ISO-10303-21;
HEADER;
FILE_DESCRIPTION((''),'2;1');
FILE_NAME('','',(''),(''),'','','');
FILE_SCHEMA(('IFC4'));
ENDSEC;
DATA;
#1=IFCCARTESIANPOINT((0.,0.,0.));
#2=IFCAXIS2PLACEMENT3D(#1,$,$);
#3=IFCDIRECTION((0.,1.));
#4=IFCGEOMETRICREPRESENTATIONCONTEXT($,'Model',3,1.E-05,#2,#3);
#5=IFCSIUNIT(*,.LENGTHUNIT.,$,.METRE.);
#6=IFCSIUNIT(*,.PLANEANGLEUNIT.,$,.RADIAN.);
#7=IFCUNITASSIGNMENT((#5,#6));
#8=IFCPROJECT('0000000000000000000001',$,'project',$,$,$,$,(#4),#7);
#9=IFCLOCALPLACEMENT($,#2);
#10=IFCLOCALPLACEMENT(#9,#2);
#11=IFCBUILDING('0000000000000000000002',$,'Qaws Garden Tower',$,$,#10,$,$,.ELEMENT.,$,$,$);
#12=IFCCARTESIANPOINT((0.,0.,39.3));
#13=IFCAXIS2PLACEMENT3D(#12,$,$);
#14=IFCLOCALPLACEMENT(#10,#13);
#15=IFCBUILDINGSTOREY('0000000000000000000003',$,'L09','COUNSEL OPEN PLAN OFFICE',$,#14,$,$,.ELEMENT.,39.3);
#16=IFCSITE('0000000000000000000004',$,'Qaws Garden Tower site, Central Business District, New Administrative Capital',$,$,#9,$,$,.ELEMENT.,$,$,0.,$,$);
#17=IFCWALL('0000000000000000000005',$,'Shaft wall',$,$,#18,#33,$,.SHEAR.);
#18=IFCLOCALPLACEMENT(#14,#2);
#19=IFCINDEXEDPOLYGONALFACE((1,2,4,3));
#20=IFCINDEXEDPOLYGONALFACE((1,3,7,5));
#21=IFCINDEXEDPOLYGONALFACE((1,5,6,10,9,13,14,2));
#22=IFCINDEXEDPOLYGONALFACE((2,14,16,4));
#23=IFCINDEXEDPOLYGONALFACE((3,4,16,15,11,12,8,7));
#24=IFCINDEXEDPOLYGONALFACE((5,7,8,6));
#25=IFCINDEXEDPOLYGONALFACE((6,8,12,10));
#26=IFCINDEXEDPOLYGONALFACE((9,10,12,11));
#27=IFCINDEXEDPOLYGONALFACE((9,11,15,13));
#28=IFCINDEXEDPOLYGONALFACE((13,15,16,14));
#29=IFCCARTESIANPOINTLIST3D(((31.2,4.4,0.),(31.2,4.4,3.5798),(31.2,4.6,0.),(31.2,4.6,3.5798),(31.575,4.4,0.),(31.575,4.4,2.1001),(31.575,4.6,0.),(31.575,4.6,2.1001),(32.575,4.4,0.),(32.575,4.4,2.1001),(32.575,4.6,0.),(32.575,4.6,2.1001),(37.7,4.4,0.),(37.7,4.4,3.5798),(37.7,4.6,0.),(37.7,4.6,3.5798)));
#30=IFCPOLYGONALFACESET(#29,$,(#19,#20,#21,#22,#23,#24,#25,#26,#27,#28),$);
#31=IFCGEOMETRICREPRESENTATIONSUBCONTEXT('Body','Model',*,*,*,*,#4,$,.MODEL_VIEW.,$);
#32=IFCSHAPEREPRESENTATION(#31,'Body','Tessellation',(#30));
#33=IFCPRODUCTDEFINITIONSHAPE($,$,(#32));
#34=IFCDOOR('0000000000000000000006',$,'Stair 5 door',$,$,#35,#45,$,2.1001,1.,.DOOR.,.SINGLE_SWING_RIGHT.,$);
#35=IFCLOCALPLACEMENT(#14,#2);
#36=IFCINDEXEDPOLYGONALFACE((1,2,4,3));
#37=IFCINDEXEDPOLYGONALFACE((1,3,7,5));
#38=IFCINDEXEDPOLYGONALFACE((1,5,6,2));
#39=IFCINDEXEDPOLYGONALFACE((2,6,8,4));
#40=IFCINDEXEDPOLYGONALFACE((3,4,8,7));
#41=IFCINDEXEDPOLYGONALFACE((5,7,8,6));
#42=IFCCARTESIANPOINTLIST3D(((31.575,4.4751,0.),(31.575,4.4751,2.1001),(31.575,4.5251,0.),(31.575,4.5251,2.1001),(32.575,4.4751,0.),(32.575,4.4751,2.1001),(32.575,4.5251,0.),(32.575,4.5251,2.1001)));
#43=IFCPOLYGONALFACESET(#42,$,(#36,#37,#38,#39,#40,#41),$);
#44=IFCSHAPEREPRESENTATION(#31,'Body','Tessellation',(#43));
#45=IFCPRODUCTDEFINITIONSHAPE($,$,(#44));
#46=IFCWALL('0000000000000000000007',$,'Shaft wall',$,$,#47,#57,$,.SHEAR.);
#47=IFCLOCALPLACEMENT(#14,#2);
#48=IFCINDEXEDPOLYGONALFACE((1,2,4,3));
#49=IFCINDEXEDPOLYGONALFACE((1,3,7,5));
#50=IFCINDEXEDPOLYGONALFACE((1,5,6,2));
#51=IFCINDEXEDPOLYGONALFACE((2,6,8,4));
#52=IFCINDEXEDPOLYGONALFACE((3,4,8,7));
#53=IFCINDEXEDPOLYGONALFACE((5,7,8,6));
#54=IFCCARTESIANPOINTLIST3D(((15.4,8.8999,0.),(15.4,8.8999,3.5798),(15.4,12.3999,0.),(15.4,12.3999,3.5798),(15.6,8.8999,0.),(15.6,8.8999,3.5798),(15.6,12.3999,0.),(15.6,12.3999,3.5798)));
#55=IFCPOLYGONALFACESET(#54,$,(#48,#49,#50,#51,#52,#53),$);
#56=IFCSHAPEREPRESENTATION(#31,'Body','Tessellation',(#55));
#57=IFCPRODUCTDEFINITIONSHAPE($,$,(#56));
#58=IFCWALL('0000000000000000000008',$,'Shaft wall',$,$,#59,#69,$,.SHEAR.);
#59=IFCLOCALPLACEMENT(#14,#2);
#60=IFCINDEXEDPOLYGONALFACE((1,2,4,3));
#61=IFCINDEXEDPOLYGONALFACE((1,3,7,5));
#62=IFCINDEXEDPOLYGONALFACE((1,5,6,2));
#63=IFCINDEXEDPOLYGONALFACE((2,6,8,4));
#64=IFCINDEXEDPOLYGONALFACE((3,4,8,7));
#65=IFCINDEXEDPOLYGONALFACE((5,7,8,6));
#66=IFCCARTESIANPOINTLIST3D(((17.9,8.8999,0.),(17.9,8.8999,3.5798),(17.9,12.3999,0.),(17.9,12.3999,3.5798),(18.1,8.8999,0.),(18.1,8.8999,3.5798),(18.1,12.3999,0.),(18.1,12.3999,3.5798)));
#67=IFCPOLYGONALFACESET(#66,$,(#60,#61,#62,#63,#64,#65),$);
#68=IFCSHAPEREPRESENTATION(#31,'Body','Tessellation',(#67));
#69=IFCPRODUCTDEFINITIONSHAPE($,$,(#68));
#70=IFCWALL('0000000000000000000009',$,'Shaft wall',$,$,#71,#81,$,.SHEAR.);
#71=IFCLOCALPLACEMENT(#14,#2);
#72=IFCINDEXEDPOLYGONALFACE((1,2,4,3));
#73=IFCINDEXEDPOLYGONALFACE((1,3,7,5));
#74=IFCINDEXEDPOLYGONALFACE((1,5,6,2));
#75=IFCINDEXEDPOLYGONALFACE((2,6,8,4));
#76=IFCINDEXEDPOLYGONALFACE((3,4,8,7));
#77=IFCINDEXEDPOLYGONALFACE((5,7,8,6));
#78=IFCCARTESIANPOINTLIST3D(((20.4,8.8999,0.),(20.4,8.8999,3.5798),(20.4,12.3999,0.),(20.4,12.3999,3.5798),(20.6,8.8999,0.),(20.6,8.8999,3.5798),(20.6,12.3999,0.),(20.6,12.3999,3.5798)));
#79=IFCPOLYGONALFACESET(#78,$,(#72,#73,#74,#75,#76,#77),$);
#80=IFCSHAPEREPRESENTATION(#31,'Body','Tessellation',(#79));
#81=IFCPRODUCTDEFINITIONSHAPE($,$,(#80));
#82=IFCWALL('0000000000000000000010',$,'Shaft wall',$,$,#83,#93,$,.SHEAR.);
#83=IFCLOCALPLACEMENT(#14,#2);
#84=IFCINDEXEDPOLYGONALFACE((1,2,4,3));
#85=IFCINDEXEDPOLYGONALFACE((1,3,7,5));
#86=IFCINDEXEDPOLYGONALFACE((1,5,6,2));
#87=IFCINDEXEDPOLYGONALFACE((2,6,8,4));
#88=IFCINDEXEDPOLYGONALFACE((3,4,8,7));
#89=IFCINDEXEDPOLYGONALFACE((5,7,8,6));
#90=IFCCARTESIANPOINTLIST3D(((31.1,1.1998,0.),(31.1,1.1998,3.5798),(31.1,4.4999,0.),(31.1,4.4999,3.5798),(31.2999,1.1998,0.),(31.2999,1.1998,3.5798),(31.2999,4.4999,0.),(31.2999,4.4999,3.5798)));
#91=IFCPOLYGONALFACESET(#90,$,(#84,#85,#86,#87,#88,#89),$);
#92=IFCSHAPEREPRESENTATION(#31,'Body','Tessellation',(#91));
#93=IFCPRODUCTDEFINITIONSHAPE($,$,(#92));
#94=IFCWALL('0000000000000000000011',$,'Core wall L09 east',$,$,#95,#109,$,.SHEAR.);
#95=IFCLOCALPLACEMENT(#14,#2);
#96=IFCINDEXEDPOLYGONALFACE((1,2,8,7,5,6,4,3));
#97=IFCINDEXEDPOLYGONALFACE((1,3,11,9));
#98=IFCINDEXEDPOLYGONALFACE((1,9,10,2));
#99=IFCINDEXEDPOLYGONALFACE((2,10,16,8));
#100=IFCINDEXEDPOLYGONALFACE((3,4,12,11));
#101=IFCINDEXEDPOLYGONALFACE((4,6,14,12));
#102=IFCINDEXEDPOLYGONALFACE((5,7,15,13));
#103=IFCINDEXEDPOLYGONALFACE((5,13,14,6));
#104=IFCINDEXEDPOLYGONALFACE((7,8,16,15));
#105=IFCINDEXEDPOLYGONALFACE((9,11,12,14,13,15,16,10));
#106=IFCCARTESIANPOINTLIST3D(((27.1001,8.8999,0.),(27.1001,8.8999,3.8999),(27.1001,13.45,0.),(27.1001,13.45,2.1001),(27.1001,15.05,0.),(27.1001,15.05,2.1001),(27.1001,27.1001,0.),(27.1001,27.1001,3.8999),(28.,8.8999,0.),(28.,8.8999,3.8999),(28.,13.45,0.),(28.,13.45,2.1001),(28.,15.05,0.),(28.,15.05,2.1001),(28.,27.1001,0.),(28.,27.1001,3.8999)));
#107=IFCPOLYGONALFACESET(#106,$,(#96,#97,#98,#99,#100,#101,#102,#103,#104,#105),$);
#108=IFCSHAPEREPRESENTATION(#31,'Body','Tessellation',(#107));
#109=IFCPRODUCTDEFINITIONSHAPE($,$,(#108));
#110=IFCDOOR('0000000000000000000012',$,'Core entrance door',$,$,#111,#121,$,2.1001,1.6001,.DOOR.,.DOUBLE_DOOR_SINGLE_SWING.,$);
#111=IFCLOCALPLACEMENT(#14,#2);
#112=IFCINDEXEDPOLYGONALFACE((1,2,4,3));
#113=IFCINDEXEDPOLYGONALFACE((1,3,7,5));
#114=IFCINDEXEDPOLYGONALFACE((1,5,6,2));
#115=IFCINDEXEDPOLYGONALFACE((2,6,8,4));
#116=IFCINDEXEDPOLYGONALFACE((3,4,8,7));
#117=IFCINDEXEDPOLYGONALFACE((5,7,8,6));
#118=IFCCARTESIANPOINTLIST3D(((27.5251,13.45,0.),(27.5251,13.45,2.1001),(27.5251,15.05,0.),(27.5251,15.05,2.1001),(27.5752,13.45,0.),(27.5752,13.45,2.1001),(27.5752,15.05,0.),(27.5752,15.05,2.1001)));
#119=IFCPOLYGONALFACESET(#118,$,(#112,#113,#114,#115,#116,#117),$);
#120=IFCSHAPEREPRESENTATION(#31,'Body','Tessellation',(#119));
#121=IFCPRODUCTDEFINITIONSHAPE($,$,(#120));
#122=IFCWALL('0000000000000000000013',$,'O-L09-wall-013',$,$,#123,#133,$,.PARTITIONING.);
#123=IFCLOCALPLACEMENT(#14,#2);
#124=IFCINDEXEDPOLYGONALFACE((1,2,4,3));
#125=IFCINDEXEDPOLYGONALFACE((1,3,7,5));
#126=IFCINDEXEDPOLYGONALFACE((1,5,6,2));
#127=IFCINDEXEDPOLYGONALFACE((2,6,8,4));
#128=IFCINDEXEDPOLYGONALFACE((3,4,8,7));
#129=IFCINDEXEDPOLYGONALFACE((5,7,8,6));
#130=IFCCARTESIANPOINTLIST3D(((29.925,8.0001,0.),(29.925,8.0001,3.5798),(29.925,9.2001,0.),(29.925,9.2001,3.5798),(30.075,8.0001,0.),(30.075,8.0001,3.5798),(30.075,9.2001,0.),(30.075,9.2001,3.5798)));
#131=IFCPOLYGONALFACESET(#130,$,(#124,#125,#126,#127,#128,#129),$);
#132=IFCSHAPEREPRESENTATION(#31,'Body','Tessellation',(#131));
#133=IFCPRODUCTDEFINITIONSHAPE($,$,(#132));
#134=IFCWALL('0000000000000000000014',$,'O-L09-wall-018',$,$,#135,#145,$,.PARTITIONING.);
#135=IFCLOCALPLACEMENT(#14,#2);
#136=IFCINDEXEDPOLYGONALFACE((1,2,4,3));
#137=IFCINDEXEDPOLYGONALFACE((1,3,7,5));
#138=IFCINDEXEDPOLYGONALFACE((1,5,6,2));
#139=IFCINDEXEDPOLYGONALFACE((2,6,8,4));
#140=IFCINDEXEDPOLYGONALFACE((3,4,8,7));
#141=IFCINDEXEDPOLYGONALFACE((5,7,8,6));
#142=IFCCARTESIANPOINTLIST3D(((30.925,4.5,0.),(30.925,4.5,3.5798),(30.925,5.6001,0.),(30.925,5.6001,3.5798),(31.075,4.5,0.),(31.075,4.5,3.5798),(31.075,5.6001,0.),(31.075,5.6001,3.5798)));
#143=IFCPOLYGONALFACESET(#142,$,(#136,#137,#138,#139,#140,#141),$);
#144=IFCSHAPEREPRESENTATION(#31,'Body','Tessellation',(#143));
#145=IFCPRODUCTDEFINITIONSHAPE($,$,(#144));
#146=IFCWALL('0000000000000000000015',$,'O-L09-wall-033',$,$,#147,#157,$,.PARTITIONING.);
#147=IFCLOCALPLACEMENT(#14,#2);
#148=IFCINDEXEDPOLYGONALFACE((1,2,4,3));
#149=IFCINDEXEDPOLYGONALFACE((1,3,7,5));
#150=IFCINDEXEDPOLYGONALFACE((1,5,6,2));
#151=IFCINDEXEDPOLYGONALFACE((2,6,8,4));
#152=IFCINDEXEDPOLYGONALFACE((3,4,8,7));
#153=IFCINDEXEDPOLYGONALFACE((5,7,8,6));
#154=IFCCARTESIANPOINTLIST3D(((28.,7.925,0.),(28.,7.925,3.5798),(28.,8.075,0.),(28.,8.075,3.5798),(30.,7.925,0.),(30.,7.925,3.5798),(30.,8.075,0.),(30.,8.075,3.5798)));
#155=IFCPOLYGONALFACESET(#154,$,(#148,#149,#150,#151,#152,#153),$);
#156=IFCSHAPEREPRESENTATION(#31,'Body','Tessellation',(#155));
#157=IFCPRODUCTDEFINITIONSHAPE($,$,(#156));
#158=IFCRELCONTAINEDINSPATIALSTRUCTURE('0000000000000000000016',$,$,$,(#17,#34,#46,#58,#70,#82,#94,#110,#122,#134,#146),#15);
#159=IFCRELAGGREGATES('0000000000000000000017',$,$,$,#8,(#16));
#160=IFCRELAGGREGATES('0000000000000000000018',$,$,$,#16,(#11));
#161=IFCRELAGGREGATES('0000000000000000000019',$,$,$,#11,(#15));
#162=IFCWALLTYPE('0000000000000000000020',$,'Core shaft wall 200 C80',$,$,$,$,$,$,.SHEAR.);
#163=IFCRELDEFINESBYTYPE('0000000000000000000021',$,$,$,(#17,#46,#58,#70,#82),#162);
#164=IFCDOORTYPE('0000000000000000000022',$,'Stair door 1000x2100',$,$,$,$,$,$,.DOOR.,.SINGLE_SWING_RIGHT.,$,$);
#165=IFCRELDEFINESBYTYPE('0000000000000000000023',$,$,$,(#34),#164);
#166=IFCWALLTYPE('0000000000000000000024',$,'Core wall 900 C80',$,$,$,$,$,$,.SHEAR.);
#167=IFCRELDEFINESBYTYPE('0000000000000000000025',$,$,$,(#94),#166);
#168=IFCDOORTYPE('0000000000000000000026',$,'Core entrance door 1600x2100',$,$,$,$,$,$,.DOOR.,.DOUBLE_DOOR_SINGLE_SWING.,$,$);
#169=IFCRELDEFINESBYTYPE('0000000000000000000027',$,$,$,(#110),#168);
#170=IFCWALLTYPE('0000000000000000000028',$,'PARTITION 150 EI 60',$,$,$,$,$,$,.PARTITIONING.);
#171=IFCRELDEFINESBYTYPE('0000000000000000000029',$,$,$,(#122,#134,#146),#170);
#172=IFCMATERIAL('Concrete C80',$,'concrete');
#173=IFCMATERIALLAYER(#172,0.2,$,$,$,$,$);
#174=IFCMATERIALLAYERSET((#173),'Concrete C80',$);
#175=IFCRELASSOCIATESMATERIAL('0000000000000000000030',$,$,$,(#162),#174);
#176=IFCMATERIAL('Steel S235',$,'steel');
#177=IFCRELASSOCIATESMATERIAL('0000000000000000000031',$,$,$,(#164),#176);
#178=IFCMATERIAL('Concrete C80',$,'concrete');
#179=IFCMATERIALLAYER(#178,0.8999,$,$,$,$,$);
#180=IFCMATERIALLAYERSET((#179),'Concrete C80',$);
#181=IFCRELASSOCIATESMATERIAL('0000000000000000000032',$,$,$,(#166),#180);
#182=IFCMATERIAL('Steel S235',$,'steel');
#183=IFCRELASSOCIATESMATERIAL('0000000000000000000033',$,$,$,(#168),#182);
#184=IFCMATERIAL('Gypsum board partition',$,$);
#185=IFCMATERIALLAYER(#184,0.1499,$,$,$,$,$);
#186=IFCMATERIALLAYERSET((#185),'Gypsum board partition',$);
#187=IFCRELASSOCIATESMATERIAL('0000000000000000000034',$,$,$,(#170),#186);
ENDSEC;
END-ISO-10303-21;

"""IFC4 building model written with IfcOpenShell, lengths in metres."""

from ifc_helpers import new_model, si_unit, direction, frame, frame_2d, origin, place, context, subcontext, project, spatial, rectangle, extrude, material, layer, layer_set, type_object, element, fill, save


model = new_model("IFC4")

# Units and contexts
model_context = context("Model", 3, precision=1e-05, world=origin(), true_north=direction((0.0, 1.0)))
body_context = subcontext(model_context, "Body", "Model", "MODEL_VIEW")
ifc_project = project(units=[si_unit("LENGTHUNIT", "METRE"), si_unit("PLANEANGLEUNIT", "RADIAN")], contexts=[model_context])

# Site, building, storey
site_placement = place(None, origin())
site = spatial("IfcSite", under=ifc_project, at=site_placement, Name="Qaws Garden Tower site, Central Business District, New Administrative Capital", CompositionType="ELEMENT", RefElevation=0.0)
building_placement = place(site_placement, origin())
building = spatial("IfcBuilding", under=site, at=building_placement, Name="Qaws Garden Tower", CompositionType="ELEMENT")
storey_placement = place(building_placement, frame((0.0, 0.0, 39.3)))
storey = spatial("IfcBuildingStorey", under=building, at=storey_placement, Name="L09", Description="COUNSEL OPEN PLAN OFFICE", CompositionType="ELEMENT", Elevation=39.3)

# Shared definitions
ifc_material_1 = material(Name="Concrete C80", Category="concrete")
ifc_layer_1 = layer(ifc_material_1, 0.2)
ifc_layer_set_1 = layer_set([ifc_layer_1], Name="Concrete C80")
wall_type_1 = type_object("IfcWallType", Name="Core shaft wall 200 C80", PredefinedType="SHEAR", material=ifc_layer_set_1)

# Wall, opening, door
wall_1_placement = place(storey_placement, frame((31.2, 4.5, 0.0), z_axis=(0.0, 0.0, 1.0), x_axis=(1.0, 0.0, 0.0)))
wall_1 = element("IfcWall", 1, at=wall_1_placement, inside=storey, type_object=wall_type_1, Name="Shaft wall", PredefinedType="SHEAR", context=body_context, shape_type="SweptSolid", body=[
    extrude(rectangle(XDim=6.5, YDim=0.2, at=frame_2d((3.25, 0.0))), origin(), (0.0, 0.0, 1.0), 3.5798),
])
opening_1_placement = place(wall_1_placement, frame((0.375, 0.0, 0.0)))
opening_1 = element("IfcOpeningElement", 2, at=opening_1_placement, cuts=wall_1, PredefinedType="OPENING", context=body_context, shape_type="SweptSolid", body=[
    extrude(rectangle(XDim=1.0, YDim=2.1001, at=frame_2d((0.5, 1.05))), frame((0.0, 0.1099, 0.0), z_axis=(0.0, -1.0, 0.0), x_axis=(1.0, 0.0, 0.0)), (0.0, 0.0, 1.0), 0.22),
])
ifc_material_2 = material(Name="Steel S235", Category="steel")
door_type_1 = type_object("IfcDoorType", Name="Stair door 1000x2100", OperationType="SINGLE_SWING_RIGHT", PredefinedType="DOOR", material=ifc_material_2)
door_1_placement = place(opening_1_placement, frame((1.0, 0.0, 0.0), z_axis=(0.0, 0.0, 1.0), x_axis=(-1.0, 0.0, 0.0)))
door_1 = element("IfcDoor", 3, at=door_1_placement, inside=storey, type_object=door_type_1, Name="Stair 5 door", OperationType="SINGLE_SWING_RIGHT", OverallHeight=2.1001, OverallWidth=1.0, PredefinedType="DOOR", context=body_context, shape_type="SweptSolid", body=[
    extrude(rectangle(XDim=1.0, YDim=2.1001, at=frame_2d((0.5, 1.05))), frame((0.0, 0.0249, 0.0), z_axis=(0.0, -1.0, 0.0), x_axis=(1.0, 0.0, 0.0)), (0.0, 0.0, 1.0), 0.05),
])
fill(opening_1, door_1)

# Walls
for number, where, z_axis, x_axis, name in (
    (4, (15.5, 8.8999, 0.0), (0.0, 0.0, 1.0), (0.0, 1.0, 0.0), "Shaft wall"),
    (5, (18.0, 8.8999, 0.0), (0.0, 0.0, 1.0), (0.0, 1.0, 0.0), "Shaft wall"),
    (6, (20.5, 8.8999, 0.0), (0.0, 0.0, 1.0), (0.0, 1.0, 0.0), "Shaft wall"),
):
    element("IfcWall", number, at=place(storey_placement, frame(where, z_axis=z_axis, x_axis=x_axis)), inside=storey, type_object=wall_type_1, Name=name, PredefinedType="SHEAR", context=body_context, shape_type="SweptSolid", body=[
        extrude(rectangle(XDim=3.5, YDim=0.2, at=frame_2d((1.75, 0.0))), origin(), (0.0, 0.0, 1.0), 3.5798),
    ])
wall_2_placement = place(storey_placement, frame((31.2, 1.2, 0.0), z_axis=(0.0, 0.0, 1.0), x_axis=(0.0, 1.0, 0.0)))
element("IfcWall", 7, at=wall_2_placement, inside=storey, type_object=wall_type_1, Name="Shaft wall", PredefinedType="SHEAR", context=body_context, shape_type="SweptSolid", body=[
    extrude(rectangle(XDim=3.3, YDim=0.2, at=frame_2d((1.6499, 0.0))), origin(), (0.0, 0.0, 1.0), 3.5798),
])

# Wall, opening, door
ifc_material_3 = material(Name="Concrete C80", Category="concrete")
ifc_layer_2 = layer(ifc_material_3, 0.8999)
ifc_layer_set_2 = layer_set([ifc_layer_2], Name="Concrete C80")
wall_type_2 = type_object("IfcWallType", Name="Core wall 900 C80", PredefinedType="SHEAR", material=ifc_layer_set_2)
wall_3_placement = place(storey_placement, frame((27.55, 8.8999, 0.0), z_axis=(0.0, 0.0, 1.0), x_axis=(0.0, 1.0, 0.0)))
wall_3 = element("IfcWall", 8, at=wall_3_placement, inside=storey, type_object=wall_type_2, Name="Core wall L09 east", PredefinedType="SHEAR", context=body_context, shape_type="SweptSolid", body=[
    extrude(rectangle(XDim=18.2002, YDim=0.8999, at=frame_2d((9.1001, 0.0))), origin(), (0.0, 0.0, 1.0), 3.8999),
])
opening_2_placement = place(wall_3_placement, frame((4.55, 0.0, 0.0)))
opening_2 = element("IfcOpeningElement", 9, at=opening_2_placement, cuts=wall_3, PredefinedType="OPENING", context=body_context, shape_type="SweptSolid", body=[
    extrude(rectangle(XDim=1.6001, YDim=2.1001, at=frame_2d((0.8, 1.05))), frame((0.0, 0.46, 0.0), z_axis=(0.0, -1.0, 0.0), x_axis=(1.0, 0.0, 0.0)), (0.0, 0.0, 1.0), 0.9199),
])
ifc_material_4 = material(Name="Steel S235", Category="steel")
door_type_2 = type_object("IfcDoorType", Name="Core entrance door 1600x2100", OperationType="DOUBLE_DOOR_SINGLE_SWING", PredefinedType="DOOR", material=ifc_material_4)
door_2_placement = place(opening_2_placement, origin())
door_2 = element("IfcDoor", 10, at=door_2_placement, inside=storey, type_object=door_type_2, Name="Core entrance door", OperationType="DOUBLE_DOOR_SINGLE_SWING", OverallHeight=2.1001, OverallWidth=1.6001, PredefinedType="DOOR", context=body_context, shape_type="SweptSolid", body=[
    extrude(rectangle(XDim=1.6001, YDim=2.1001, at=frame_2d((0.8, 1.05))), frame((0.0, 0.0249, 0.0), z_axis=(0.0, -1.0, 0.0), x_axis=(1.0, 0.0, 0.0)), (0.0, 0.0, 1.0), 0.05),
])
fill(opening_2, door_2)

# Walls
ifc_material_5 = material(Name="Gypsum board partition")
ifc_layer_3 = layer(ifc_material_5, 0.1499)
ifc_layer_set_3 = layer_set([ifc_layer_3], Name="Gypsum board partition")
wall_type_3 = type_object("IfcWallType", Name="PARTITION 150 EI 60", PredefinedType="PARTITIONING", material=ifc_layer_set_3)
wall_4_placement = place(storey_placement, frame((30.0, 8.0, 0.0), z_axis=(0.0, 0.0, 1.0), x_axis=(0.0, 1.0, 0.0)))
element("IfcWall", 11, at=wall_4_placement, inside=storey, type_object=wall_type_3, Name="O-L09-wall-013", PredefinedType="PARTITIONING", context=body_context, shape_type="SweptSolid", body=[
    extrude(rectangle(XDim=1.2, YDim=0.1499, at=frame_2d((0.6001, 0.0))), origin(), (0.0, 0.0, 1.0), 3.5798),
])
wall_5_placement = place(storey_placement, frame((31.0, 4.5, 0.0), z_axis=(0.0, 0.0, 1.0), x_axis=(0.0, 1.0, 0.0)))
element("IfcWall", 12, at=wall_5_placement, inside=storey, type_object=wall_type_3, Name="O-L09-wall-018", PredefinedType="PARTITIONING", context=body_context, shape_type="SweptSolid", body=[
    extrude(rectangle(XDim=1.1001, YDim=0.1499, at=frame_2d((0.55, 0.0))), origin(), (0.0, 0.0, 1.0), 3.5798),
])
wall_6_placement = place(storey_placement, frame((28.0, 8.0, 0.0), z_axis=(0.0, 0.0, 1.0), x_axis=(1.0, 0.0, 0.0)))
element("IfcWall", 13, at=wall_6_placement, inside=storey, type_object=wall_type_3, Name="O-L09-wall-033", PredefinedType="PARTITIONING", context=body_context, shape_type="SweptSolid", body=[
    extrude(rectangle(XDim=2.0, YDim=0.1499, at=frame_2d((1.0, 0.0))), origin(), (0.0, 0.0, 1.0), 3.5798),
])

save(model, "model.ifc")
